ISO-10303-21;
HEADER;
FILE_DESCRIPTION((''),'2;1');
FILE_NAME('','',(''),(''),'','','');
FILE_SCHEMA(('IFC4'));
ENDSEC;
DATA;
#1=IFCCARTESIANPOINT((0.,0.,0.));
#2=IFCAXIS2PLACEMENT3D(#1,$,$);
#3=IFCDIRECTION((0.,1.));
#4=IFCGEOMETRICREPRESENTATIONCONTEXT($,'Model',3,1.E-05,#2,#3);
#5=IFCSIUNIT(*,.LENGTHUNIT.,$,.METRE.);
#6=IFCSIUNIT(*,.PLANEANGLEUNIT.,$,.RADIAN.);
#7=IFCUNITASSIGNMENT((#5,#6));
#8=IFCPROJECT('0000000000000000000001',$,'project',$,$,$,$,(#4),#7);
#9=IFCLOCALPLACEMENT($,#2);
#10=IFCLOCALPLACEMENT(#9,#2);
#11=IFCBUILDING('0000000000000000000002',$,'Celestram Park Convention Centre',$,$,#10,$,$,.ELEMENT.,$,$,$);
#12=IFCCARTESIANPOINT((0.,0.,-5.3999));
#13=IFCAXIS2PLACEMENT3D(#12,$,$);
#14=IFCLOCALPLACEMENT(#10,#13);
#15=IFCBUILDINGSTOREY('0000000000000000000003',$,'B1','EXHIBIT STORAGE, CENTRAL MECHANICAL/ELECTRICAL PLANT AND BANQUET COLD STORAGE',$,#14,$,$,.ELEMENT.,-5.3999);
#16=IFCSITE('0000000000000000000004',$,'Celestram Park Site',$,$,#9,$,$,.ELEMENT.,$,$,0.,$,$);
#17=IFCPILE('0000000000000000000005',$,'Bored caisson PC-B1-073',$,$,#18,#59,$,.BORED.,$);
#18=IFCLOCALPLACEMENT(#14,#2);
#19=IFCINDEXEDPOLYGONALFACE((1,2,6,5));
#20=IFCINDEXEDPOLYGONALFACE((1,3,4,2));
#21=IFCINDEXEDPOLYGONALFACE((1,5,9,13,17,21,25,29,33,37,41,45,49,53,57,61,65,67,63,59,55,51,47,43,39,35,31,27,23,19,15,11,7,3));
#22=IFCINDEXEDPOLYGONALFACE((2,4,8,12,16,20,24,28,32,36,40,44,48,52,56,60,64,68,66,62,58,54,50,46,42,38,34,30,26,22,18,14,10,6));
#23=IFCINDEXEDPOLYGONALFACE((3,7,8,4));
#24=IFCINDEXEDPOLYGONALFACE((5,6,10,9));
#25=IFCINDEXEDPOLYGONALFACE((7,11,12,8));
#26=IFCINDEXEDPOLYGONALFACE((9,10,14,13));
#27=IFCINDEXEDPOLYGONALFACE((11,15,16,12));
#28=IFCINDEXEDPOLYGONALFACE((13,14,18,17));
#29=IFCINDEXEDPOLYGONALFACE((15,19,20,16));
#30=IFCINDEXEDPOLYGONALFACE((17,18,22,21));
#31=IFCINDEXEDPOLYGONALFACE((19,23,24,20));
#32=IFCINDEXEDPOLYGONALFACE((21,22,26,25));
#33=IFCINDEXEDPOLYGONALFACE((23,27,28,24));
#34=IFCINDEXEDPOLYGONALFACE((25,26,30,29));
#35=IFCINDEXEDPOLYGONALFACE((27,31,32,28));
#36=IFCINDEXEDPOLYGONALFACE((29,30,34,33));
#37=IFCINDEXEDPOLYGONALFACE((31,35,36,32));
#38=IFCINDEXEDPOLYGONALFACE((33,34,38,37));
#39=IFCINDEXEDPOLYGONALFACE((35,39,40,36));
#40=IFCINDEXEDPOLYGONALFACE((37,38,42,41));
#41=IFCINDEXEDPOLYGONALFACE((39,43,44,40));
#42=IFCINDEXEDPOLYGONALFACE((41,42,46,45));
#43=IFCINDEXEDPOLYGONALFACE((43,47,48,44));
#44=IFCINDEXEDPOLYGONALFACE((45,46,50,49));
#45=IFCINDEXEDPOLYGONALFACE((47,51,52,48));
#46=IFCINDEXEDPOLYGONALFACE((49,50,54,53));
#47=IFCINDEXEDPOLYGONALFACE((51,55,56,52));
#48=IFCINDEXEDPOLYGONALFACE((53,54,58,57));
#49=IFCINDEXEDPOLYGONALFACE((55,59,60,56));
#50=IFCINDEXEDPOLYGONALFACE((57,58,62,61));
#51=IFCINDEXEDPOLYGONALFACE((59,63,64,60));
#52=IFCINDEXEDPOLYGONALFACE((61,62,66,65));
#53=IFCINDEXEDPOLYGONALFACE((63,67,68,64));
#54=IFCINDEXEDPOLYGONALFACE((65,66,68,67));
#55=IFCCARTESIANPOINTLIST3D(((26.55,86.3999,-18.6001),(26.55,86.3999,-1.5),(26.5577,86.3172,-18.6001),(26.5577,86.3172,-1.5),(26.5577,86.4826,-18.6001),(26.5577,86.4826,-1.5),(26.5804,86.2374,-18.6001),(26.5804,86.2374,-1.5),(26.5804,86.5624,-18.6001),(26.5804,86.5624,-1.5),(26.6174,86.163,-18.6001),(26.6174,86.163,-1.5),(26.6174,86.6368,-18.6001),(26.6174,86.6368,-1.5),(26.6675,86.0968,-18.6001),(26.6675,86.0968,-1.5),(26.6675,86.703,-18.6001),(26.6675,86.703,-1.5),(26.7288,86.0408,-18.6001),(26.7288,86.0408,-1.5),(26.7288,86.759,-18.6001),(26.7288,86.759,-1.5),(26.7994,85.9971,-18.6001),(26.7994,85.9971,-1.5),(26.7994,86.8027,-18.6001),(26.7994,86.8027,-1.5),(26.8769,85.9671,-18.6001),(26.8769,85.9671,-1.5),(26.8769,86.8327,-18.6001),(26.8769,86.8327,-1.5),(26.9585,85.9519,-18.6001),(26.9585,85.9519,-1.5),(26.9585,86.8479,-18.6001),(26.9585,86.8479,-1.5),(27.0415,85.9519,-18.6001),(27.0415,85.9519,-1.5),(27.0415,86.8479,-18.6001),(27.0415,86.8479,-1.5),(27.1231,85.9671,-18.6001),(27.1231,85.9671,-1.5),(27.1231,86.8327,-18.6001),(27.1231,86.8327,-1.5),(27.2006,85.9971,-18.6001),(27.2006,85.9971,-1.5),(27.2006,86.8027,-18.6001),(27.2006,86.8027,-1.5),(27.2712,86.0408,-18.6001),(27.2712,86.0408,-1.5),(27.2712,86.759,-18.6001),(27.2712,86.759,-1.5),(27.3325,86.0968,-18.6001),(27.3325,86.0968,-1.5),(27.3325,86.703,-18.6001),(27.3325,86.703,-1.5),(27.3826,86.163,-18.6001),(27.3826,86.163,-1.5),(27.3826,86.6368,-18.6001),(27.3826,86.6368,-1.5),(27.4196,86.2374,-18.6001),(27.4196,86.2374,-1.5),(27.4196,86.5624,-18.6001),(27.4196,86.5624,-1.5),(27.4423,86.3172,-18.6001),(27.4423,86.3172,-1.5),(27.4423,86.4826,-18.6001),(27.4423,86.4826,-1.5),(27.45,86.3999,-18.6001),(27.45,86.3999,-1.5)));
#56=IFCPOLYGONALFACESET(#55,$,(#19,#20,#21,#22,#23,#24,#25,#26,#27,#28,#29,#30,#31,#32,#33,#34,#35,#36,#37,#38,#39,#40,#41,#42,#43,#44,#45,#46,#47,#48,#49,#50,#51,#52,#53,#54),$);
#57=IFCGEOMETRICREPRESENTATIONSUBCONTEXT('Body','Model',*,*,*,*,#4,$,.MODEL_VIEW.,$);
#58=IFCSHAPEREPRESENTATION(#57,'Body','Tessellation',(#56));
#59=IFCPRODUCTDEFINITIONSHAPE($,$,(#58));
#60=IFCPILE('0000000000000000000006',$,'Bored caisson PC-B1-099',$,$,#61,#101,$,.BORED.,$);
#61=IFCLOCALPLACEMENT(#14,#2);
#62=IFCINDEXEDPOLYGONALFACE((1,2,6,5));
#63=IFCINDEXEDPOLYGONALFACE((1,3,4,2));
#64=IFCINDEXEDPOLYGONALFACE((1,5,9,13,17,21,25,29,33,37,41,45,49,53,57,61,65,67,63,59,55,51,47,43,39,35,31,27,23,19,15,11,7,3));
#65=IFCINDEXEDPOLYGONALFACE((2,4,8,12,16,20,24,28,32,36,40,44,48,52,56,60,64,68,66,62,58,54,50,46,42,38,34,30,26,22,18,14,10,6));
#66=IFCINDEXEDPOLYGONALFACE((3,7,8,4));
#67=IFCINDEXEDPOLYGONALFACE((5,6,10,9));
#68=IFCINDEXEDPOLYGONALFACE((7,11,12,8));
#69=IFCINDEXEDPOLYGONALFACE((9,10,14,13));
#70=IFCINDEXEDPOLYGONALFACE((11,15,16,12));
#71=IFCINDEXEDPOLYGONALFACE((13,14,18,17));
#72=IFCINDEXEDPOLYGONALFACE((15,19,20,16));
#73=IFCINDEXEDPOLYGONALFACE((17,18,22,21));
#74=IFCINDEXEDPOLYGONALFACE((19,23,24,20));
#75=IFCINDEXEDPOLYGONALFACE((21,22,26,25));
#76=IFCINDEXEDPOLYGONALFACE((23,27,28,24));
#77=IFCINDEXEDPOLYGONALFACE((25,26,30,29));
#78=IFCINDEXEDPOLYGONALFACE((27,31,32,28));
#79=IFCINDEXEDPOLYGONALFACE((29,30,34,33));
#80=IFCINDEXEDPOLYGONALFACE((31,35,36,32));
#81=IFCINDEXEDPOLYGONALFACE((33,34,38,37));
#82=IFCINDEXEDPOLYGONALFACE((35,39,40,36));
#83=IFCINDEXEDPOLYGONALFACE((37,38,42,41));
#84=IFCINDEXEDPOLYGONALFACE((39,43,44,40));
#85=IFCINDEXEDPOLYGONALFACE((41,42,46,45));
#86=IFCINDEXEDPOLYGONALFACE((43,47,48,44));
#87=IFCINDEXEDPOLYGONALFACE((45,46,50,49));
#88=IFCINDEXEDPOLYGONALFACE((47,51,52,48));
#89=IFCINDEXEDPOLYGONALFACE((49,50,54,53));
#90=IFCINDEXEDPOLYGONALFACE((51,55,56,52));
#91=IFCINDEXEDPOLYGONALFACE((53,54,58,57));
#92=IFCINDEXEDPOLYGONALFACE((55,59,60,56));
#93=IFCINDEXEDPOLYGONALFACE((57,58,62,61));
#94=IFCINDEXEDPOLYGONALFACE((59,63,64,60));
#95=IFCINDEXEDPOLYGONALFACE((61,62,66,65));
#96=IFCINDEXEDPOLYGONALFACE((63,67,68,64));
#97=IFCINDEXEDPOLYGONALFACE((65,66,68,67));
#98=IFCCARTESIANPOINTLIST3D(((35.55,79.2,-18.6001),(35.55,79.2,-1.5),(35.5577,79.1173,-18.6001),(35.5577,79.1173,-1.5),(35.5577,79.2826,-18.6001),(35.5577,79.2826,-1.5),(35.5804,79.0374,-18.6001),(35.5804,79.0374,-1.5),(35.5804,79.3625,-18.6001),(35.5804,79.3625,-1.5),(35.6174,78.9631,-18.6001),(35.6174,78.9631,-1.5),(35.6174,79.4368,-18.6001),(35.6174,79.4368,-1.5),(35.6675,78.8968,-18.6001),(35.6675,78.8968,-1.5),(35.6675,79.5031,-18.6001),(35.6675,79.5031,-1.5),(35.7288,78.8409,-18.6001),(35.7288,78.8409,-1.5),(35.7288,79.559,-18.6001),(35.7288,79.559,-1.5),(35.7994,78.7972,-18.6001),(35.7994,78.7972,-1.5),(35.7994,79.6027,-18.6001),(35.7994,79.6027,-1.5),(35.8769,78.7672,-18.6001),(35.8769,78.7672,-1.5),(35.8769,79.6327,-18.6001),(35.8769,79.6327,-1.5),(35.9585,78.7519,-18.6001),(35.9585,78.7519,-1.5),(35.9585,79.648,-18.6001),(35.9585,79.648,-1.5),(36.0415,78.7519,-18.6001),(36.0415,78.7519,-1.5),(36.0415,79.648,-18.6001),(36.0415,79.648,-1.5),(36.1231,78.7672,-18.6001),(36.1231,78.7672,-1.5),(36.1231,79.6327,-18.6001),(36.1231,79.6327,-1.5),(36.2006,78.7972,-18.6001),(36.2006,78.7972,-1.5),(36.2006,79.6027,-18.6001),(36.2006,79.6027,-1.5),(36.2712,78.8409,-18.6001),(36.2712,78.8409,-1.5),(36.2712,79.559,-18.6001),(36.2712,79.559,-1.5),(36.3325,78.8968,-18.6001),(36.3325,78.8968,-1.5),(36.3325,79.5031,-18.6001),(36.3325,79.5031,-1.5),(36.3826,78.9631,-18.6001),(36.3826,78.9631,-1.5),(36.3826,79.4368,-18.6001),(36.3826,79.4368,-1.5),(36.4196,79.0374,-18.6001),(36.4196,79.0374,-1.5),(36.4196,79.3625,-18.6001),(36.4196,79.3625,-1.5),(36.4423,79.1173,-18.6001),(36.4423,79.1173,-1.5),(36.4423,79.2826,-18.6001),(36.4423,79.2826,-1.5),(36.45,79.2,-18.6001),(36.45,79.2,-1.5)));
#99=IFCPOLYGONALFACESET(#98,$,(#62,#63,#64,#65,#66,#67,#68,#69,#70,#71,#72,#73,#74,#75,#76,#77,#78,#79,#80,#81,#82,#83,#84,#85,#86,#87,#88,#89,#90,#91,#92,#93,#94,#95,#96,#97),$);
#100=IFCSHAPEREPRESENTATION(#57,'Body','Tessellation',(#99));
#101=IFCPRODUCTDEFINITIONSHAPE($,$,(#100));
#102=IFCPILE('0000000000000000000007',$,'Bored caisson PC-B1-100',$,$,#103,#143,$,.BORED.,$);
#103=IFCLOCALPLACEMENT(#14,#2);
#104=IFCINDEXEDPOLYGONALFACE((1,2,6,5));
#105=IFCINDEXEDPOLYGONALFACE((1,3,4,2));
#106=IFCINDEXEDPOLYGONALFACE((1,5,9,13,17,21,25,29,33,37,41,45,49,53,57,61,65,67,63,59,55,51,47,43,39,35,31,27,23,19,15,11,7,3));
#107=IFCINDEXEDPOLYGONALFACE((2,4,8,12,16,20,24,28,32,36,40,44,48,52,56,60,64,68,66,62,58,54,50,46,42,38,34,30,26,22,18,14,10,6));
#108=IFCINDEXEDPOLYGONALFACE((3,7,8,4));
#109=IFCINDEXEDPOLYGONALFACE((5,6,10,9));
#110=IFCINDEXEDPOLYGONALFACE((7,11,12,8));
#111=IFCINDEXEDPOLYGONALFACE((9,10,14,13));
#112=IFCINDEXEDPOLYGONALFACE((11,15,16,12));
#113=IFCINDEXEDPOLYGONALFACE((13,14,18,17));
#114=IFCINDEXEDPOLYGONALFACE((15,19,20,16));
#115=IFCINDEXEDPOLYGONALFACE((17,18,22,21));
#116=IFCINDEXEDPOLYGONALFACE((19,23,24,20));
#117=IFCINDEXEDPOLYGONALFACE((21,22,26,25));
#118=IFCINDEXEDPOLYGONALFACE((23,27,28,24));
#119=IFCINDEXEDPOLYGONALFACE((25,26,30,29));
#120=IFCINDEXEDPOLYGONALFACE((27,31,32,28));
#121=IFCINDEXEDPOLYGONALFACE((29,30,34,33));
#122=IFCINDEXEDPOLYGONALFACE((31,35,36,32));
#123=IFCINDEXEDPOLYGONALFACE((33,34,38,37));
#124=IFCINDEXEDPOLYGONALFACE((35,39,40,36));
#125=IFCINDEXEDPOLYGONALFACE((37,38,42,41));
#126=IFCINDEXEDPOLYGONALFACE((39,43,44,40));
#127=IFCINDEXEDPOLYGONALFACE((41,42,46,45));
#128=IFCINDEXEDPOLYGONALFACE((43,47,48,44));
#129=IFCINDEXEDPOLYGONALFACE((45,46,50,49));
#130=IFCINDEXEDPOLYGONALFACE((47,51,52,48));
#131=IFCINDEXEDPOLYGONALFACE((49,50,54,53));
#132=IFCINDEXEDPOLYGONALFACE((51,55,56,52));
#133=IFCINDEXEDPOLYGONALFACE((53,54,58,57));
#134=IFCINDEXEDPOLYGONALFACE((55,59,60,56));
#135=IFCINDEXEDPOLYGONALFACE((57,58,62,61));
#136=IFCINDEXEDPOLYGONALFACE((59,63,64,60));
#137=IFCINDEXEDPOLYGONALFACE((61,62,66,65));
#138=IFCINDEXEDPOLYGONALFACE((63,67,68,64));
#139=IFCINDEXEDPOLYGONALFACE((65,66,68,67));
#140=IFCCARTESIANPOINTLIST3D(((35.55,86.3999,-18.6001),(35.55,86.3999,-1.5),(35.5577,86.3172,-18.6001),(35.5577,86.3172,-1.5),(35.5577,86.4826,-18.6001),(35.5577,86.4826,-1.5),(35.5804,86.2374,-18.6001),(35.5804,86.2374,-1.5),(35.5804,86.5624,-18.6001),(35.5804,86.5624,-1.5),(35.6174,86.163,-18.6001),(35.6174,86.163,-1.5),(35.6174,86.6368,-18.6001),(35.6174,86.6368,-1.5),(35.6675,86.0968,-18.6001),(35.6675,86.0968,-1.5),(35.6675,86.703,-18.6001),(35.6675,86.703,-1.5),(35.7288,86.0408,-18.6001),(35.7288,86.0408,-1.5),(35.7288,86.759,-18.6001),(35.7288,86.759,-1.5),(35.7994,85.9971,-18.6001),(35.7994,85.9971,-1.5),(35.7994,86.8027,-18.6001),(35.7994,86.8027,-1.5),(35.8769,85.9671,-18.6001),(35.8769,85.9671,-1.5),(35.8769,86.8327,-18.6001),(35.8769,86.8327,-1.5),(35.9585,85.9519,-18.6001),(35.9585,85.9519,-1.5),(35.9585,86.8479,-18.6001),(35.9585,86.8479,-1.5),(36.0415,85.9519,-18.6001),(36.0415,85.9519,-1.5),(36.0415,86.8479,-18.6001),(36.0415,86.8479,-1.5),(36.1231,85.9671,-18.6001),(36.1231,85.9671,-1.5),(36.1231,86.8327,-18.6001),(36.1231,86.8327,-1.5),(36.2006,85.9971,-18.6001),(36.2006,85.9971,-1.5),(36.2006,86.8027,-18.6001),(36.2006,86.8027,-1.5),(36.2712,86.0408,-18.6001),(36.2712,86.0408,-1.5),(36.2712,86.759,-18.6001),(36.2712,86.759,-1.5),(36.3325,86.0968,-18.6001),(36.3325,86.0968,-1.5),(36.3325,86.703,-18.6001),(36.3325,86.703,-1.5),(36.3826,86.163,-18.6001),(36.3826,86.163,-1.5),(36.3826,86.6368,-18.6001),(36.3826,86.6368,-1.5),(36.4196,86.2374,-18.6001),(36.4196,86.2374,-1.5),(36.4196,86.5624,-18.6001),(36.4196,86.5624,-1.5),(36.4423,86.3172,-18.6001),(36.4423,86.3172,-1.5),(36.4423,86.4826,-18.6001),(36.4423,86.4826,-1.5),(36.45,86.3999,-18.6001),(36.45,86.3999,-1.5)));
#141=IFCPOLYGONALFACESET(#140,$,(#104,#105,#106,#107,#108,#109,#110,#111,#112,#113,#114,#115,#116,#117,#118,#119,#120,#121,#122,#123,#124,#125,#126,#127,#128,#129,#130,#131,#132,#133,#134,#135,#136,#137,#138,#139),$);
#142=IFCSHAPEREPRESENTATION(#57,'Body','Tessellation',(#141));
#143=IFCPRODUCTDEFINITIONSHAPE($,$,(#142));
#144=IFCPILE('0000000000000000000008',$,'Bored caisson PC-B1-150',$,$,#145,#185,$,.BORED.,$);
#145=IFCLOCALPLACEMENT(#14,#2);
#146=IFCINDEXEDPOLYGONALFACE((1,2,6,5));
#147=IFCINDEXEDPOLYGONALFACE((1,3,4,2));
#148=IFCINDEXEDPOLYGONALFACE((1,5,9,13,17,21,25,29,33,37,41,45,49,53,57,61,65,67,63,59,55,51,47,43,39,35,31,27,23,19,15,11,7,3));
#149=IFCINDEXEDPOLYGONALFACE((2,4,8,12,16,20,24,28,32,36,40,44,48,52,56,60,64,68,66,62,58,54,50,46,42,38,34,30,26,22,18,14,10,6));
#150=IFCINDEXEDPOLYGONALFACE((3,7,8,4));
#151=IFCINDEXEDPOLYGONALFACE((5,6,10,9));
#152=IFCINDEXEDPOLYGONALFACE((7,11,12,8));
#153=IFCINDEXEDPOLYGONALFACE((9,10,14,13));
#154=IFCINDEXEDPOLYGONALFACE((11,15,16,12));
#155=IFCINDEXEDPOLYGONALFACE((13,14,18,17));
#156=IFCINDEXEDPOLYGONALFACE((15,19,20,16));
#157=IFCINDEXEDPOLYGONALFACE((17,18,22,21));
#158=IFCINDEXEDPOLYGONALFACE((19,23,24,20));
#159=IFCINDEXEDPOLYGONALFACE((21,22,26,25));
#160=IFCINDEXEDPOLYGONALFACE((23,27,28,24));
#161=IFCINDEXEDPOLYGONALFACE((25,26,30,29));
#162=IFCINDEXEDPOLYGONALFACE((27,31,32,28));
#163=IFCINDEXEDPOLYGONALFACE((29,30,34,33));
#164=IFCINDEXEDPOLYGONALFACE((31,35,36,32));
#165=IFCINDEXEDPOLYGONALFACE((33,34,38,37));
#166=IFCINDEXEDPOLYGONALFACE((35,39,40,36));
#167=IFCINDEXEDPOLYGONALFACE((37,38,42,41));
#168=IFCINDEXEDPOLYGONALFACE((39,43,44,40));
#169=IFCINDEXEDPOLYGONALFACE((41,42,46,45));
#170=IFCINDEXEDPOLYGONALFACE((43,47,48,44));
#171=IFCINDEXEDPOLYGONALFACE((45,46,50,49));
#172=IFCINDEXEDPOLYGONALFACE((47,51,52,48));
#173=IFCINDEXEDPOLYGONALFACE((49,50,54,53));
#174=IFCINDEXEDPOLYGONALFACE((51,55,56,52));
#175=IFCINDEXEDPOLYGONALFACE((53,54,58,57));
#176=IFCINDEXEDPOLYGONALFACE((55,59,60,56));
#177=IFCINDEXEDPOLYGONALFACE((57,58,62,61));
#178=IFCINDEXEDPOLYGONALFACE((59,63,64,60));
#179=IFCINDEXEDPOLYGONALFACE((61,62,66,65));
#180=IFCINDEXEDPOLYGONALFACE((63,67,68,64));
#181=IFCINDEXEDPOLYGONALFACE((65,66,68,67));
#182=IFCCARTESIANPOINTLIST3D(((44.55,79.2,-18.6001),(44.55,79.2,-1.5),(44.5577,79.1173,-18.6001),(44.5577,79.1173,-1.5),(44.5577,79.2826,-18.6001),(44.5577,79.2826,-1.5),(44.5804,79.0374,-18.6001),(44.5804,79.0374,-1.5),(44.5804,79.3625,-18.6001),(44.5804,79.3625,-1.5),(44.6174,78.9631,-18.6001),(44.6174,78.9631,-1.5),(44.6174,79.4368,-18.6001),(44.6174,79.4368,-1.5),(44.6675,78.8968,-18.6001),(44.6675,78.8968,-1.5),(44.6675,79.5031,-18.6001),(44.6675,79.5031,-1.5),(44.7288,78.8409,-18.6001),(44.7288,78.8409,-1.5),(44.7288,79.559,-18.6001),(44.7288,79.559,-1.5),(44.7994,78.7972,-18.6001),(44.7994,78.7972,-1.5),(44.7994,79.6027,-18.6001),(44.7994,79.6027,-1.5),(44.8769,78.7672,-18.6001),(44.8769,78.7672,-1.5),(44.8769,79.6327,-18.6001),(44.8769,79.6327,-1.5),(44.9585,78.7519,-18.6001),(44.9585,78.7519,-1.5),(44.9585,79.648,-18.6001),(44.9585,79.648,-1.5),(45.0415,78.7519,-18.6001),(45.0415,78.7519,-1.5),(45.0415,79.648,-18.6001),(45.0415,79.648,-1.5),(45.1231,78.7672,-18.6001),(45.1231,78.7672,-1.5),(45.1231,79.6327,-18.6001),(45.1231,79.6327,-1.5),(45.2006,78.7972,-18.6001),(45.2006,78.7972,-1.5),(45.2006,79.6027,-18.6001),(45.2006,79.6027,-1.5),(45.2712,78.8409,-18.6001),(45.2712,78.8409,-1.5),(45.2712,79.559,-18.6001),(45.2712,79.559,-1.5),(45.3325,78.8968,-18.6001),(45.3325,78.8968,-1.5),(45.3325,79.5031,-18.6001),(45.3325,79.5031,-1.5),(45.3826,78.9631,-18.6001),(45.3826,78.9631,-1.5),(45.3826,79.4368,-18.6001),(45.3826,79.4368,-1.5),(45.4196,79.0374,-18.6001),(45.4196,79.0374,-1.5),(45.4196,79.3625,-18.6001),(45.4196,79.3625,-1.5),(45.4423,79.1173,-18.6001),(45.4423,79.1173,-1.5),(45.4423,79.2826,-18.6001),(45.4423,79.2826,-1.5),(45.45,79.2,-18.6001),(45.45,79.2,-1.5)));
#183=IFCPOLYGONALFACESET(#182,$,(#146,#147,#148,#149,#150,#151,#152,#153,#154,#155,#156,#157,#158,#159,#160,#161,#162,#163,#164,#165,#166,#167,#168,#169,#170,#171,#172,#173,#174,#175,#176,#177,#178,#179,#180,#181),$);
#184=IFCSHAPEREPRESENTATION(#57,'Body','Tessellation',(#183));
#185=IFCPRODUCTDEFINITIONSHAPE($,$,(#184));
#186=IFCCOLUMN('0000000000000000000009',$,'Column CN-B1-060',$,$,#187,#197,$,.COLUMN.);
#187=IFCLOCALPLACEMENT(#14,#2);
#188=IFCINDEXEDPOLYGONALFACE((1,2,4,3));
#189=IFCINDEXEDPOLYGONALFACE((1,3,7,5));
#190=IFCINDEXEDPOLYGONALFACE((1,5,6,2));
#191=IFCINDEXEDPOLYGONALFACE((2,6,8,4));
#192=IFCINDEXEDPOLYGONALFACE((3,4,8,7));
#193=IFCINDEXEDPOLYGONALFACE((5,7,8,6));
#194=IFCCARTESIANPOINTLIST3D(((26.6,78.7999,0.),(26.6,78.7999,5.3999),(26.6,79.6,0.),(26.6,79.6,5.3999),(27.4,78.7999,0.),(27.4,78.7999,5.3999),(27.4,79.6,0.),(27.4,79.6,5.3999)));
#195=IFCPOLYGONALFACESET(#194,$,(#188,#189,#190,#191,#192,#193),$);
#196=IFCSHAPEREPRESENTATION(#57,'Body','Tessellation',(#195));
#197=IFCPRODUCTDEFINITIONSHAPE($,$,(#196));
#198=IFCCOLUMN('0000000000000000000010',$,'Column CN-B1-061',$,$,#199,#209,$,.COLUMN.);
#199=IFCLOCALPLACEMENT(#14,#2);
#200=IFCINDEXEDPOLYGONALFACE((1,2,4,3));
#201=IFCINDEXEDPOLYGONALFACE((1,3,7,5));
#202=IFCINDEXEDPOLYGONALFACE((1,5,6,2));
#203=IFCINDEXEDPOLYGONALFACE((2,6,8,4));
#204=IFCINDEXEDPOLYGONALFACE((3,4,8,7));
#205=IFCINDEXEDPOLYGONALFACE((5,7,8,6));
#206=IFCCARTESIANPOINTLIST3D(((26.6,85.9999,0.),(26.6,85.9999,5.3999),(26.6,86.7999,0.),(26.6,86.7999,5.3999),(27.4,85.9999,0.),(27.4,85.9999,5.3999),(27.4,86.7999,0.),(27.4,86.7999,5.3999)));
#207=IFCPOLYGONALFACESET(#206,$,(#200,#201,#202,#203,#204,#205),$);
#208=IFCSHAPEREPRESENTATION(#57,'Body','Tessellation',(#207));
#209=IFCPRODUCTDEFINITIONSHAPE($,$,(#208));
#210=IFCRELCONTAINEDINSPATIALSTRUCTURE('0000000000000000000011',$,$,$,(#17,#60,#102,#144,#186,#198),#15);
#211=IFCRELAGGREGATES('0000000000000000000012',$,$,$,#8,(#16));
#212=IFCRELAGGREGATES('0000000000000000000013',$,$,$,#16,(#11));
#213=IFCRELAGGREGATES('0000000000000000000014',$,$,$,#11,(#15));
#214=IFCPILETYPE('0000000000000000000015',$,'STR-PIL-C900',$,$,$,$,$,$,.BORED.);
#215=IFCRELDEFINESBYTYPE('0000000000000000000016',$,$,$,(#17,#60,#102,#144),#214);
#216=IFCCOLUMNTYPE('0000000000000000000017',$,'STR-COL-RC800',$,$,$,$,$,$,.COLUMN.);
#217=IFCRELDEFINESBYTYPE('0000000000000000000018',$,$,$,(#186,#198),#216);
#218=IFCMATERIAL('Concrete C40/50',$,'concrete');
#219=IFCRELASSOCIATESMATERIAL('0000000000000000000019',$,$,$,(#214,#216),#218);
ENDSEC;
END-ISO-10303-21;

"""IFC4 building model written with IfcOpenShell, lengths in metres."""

from ifc_helpers import new_model, si_unit, direction, frame, origin, origin_2d, place, context, subcontext, project, spatial, rectangle, circle, extrude, material, material_profile, profile_set, type_object, element, save


model = new_model("IFC4")

# Units and contexts
model_context = context("Model", 3, precision=1e-05, world=origin(), true_north=direction((0.0, 1.0)))
body_context = subcontext(model_context, "Body", "Model", "MODEL_VIEW")
ifc_project = project(units=[si_unit("LENGTHUNIT", "METRE"), si_unit("PLANEANGLEUNIT", "RADIAN")], contexts=[model_context])

# Site, building, storey
site_placement = place(None, origin())
site = spatial("IfcSite", under=ifc_project, at=site_placement, Name="Celestram Park Site", CompositionType="ELEMENT", RefElevation=0.0)
building_placement = place(site_placement, origin())
building = spatial("IfcBuilding", under=site, at=building_placement, Name="Celestram Park Convention Centre", CompositionType="ELEMENT")
storey_placement = place(building_placement, frame((0.0, 0.0, -5.3999)))
storey = spatial("IfcBuildingStorey", under=building, at=storey_placement, Name="B1", Description="EXHIBIT STORAGE, CENTRAL MECHANICAL/ELECTRICAL PLANT AND BANQUET COLD STORAGE", CompositionType="ELEMENT", Elevation=-5.3999)

# Shared definitions
ifc_material_1 = material(Name="Concrete C40/50", Category="concrete")

# Piles
ifc_material_profile_1 = material_profile(ifc_material_1, circle(Radius=0.45, at=origin_2d()), Name="CAISSON900")
ifc_profile_set_1 = profile_set([ifc_material_profile_1], Name="Concrete C40/50")
pile_type = type_object("IfcPileType", Name="STR-PIL-C900", PredefinedType="BORED", material=ifc_profile_set_1)
for number, where, z_axis, x_axis, name in (
    (1, (27.0, 86.3999, -1.5), (0.0, 0.0, -1.0), (1.0, 0.0, 0.0), "Bored caisson PC-B1-073"),
    (2, (36.0, 79.2, -1.5), (0.0, 0.0, -1.0), (1.0, 0.0, 0.0), "Bored caisson PC-B1-099"),
    (3, (36.0, 86.3999, -1.5), (0.0, 0.0, -1.0), (1.0, 0.0, 0.0), "Bored caisson PC-B1-100"),
    (4, (45.0, 79.2, -1.5), (0.0, 0.0, -1.0), (1.0, 0.0, 0.0), "Bored caisson PC-B1-150"),
):
    element("IfcPile", number, at=place(storey_placement, frame(where, z_axis=z_axis, x_axis=x_axis)), inside=storey, type_object=pile_type, Name=name, PredefinedType="BORED", context=body_context, shape_type="SweptSolid", body=[
        extrude(circle(Radius=0.45, at=origin_2d()), origin(), (0.0, 0.0, 1.0), 17.1001),
    ])

# Columns
ifc_material_profile_2 = material_profile(ifc_material_1, rectangle(XDim=0.8, YDim=0.8, at=origin_2d()), Name="RC800X800")
ifc_profile_set_2 = profile_set([ifc_material_profile_2], Name="Concrete C40/50")
column_type = type_object("IfcColumnType", Name="STR-COL-RC800", PredefinedType="COLUMN", material=ifc_profile_set_2)
for number, where, z_axis, x_axis, name in (
    (5, (27.0, 79.2, 0.0), (0.0, 0.0, 1.0), (1.0, 0.0, 0.0), "Column CN-B1-060"),
    (6, (27.0, 86.3999, 0.0), (0.0, 0.0, 1.0), (1.0, 0.0, 0.0), "Column CN-B1-061"),
):
    element("IfcColumn", number, at=place(storey_placement, frame(where, z_axis=z_axis, x_axis=x_axis)), inside=storey, type_object=column_type, Name=name, PredefinedType="COLUMN", context=body_context, shape_type="SweptSolid", body=[
        extrude(rectangle(XDim=0.8, YDim=0.8, at=origin_2d()), origin(), (0.0, 0.0, 1.0), 5.3999),
    ])

save(model, "model.ifc")
